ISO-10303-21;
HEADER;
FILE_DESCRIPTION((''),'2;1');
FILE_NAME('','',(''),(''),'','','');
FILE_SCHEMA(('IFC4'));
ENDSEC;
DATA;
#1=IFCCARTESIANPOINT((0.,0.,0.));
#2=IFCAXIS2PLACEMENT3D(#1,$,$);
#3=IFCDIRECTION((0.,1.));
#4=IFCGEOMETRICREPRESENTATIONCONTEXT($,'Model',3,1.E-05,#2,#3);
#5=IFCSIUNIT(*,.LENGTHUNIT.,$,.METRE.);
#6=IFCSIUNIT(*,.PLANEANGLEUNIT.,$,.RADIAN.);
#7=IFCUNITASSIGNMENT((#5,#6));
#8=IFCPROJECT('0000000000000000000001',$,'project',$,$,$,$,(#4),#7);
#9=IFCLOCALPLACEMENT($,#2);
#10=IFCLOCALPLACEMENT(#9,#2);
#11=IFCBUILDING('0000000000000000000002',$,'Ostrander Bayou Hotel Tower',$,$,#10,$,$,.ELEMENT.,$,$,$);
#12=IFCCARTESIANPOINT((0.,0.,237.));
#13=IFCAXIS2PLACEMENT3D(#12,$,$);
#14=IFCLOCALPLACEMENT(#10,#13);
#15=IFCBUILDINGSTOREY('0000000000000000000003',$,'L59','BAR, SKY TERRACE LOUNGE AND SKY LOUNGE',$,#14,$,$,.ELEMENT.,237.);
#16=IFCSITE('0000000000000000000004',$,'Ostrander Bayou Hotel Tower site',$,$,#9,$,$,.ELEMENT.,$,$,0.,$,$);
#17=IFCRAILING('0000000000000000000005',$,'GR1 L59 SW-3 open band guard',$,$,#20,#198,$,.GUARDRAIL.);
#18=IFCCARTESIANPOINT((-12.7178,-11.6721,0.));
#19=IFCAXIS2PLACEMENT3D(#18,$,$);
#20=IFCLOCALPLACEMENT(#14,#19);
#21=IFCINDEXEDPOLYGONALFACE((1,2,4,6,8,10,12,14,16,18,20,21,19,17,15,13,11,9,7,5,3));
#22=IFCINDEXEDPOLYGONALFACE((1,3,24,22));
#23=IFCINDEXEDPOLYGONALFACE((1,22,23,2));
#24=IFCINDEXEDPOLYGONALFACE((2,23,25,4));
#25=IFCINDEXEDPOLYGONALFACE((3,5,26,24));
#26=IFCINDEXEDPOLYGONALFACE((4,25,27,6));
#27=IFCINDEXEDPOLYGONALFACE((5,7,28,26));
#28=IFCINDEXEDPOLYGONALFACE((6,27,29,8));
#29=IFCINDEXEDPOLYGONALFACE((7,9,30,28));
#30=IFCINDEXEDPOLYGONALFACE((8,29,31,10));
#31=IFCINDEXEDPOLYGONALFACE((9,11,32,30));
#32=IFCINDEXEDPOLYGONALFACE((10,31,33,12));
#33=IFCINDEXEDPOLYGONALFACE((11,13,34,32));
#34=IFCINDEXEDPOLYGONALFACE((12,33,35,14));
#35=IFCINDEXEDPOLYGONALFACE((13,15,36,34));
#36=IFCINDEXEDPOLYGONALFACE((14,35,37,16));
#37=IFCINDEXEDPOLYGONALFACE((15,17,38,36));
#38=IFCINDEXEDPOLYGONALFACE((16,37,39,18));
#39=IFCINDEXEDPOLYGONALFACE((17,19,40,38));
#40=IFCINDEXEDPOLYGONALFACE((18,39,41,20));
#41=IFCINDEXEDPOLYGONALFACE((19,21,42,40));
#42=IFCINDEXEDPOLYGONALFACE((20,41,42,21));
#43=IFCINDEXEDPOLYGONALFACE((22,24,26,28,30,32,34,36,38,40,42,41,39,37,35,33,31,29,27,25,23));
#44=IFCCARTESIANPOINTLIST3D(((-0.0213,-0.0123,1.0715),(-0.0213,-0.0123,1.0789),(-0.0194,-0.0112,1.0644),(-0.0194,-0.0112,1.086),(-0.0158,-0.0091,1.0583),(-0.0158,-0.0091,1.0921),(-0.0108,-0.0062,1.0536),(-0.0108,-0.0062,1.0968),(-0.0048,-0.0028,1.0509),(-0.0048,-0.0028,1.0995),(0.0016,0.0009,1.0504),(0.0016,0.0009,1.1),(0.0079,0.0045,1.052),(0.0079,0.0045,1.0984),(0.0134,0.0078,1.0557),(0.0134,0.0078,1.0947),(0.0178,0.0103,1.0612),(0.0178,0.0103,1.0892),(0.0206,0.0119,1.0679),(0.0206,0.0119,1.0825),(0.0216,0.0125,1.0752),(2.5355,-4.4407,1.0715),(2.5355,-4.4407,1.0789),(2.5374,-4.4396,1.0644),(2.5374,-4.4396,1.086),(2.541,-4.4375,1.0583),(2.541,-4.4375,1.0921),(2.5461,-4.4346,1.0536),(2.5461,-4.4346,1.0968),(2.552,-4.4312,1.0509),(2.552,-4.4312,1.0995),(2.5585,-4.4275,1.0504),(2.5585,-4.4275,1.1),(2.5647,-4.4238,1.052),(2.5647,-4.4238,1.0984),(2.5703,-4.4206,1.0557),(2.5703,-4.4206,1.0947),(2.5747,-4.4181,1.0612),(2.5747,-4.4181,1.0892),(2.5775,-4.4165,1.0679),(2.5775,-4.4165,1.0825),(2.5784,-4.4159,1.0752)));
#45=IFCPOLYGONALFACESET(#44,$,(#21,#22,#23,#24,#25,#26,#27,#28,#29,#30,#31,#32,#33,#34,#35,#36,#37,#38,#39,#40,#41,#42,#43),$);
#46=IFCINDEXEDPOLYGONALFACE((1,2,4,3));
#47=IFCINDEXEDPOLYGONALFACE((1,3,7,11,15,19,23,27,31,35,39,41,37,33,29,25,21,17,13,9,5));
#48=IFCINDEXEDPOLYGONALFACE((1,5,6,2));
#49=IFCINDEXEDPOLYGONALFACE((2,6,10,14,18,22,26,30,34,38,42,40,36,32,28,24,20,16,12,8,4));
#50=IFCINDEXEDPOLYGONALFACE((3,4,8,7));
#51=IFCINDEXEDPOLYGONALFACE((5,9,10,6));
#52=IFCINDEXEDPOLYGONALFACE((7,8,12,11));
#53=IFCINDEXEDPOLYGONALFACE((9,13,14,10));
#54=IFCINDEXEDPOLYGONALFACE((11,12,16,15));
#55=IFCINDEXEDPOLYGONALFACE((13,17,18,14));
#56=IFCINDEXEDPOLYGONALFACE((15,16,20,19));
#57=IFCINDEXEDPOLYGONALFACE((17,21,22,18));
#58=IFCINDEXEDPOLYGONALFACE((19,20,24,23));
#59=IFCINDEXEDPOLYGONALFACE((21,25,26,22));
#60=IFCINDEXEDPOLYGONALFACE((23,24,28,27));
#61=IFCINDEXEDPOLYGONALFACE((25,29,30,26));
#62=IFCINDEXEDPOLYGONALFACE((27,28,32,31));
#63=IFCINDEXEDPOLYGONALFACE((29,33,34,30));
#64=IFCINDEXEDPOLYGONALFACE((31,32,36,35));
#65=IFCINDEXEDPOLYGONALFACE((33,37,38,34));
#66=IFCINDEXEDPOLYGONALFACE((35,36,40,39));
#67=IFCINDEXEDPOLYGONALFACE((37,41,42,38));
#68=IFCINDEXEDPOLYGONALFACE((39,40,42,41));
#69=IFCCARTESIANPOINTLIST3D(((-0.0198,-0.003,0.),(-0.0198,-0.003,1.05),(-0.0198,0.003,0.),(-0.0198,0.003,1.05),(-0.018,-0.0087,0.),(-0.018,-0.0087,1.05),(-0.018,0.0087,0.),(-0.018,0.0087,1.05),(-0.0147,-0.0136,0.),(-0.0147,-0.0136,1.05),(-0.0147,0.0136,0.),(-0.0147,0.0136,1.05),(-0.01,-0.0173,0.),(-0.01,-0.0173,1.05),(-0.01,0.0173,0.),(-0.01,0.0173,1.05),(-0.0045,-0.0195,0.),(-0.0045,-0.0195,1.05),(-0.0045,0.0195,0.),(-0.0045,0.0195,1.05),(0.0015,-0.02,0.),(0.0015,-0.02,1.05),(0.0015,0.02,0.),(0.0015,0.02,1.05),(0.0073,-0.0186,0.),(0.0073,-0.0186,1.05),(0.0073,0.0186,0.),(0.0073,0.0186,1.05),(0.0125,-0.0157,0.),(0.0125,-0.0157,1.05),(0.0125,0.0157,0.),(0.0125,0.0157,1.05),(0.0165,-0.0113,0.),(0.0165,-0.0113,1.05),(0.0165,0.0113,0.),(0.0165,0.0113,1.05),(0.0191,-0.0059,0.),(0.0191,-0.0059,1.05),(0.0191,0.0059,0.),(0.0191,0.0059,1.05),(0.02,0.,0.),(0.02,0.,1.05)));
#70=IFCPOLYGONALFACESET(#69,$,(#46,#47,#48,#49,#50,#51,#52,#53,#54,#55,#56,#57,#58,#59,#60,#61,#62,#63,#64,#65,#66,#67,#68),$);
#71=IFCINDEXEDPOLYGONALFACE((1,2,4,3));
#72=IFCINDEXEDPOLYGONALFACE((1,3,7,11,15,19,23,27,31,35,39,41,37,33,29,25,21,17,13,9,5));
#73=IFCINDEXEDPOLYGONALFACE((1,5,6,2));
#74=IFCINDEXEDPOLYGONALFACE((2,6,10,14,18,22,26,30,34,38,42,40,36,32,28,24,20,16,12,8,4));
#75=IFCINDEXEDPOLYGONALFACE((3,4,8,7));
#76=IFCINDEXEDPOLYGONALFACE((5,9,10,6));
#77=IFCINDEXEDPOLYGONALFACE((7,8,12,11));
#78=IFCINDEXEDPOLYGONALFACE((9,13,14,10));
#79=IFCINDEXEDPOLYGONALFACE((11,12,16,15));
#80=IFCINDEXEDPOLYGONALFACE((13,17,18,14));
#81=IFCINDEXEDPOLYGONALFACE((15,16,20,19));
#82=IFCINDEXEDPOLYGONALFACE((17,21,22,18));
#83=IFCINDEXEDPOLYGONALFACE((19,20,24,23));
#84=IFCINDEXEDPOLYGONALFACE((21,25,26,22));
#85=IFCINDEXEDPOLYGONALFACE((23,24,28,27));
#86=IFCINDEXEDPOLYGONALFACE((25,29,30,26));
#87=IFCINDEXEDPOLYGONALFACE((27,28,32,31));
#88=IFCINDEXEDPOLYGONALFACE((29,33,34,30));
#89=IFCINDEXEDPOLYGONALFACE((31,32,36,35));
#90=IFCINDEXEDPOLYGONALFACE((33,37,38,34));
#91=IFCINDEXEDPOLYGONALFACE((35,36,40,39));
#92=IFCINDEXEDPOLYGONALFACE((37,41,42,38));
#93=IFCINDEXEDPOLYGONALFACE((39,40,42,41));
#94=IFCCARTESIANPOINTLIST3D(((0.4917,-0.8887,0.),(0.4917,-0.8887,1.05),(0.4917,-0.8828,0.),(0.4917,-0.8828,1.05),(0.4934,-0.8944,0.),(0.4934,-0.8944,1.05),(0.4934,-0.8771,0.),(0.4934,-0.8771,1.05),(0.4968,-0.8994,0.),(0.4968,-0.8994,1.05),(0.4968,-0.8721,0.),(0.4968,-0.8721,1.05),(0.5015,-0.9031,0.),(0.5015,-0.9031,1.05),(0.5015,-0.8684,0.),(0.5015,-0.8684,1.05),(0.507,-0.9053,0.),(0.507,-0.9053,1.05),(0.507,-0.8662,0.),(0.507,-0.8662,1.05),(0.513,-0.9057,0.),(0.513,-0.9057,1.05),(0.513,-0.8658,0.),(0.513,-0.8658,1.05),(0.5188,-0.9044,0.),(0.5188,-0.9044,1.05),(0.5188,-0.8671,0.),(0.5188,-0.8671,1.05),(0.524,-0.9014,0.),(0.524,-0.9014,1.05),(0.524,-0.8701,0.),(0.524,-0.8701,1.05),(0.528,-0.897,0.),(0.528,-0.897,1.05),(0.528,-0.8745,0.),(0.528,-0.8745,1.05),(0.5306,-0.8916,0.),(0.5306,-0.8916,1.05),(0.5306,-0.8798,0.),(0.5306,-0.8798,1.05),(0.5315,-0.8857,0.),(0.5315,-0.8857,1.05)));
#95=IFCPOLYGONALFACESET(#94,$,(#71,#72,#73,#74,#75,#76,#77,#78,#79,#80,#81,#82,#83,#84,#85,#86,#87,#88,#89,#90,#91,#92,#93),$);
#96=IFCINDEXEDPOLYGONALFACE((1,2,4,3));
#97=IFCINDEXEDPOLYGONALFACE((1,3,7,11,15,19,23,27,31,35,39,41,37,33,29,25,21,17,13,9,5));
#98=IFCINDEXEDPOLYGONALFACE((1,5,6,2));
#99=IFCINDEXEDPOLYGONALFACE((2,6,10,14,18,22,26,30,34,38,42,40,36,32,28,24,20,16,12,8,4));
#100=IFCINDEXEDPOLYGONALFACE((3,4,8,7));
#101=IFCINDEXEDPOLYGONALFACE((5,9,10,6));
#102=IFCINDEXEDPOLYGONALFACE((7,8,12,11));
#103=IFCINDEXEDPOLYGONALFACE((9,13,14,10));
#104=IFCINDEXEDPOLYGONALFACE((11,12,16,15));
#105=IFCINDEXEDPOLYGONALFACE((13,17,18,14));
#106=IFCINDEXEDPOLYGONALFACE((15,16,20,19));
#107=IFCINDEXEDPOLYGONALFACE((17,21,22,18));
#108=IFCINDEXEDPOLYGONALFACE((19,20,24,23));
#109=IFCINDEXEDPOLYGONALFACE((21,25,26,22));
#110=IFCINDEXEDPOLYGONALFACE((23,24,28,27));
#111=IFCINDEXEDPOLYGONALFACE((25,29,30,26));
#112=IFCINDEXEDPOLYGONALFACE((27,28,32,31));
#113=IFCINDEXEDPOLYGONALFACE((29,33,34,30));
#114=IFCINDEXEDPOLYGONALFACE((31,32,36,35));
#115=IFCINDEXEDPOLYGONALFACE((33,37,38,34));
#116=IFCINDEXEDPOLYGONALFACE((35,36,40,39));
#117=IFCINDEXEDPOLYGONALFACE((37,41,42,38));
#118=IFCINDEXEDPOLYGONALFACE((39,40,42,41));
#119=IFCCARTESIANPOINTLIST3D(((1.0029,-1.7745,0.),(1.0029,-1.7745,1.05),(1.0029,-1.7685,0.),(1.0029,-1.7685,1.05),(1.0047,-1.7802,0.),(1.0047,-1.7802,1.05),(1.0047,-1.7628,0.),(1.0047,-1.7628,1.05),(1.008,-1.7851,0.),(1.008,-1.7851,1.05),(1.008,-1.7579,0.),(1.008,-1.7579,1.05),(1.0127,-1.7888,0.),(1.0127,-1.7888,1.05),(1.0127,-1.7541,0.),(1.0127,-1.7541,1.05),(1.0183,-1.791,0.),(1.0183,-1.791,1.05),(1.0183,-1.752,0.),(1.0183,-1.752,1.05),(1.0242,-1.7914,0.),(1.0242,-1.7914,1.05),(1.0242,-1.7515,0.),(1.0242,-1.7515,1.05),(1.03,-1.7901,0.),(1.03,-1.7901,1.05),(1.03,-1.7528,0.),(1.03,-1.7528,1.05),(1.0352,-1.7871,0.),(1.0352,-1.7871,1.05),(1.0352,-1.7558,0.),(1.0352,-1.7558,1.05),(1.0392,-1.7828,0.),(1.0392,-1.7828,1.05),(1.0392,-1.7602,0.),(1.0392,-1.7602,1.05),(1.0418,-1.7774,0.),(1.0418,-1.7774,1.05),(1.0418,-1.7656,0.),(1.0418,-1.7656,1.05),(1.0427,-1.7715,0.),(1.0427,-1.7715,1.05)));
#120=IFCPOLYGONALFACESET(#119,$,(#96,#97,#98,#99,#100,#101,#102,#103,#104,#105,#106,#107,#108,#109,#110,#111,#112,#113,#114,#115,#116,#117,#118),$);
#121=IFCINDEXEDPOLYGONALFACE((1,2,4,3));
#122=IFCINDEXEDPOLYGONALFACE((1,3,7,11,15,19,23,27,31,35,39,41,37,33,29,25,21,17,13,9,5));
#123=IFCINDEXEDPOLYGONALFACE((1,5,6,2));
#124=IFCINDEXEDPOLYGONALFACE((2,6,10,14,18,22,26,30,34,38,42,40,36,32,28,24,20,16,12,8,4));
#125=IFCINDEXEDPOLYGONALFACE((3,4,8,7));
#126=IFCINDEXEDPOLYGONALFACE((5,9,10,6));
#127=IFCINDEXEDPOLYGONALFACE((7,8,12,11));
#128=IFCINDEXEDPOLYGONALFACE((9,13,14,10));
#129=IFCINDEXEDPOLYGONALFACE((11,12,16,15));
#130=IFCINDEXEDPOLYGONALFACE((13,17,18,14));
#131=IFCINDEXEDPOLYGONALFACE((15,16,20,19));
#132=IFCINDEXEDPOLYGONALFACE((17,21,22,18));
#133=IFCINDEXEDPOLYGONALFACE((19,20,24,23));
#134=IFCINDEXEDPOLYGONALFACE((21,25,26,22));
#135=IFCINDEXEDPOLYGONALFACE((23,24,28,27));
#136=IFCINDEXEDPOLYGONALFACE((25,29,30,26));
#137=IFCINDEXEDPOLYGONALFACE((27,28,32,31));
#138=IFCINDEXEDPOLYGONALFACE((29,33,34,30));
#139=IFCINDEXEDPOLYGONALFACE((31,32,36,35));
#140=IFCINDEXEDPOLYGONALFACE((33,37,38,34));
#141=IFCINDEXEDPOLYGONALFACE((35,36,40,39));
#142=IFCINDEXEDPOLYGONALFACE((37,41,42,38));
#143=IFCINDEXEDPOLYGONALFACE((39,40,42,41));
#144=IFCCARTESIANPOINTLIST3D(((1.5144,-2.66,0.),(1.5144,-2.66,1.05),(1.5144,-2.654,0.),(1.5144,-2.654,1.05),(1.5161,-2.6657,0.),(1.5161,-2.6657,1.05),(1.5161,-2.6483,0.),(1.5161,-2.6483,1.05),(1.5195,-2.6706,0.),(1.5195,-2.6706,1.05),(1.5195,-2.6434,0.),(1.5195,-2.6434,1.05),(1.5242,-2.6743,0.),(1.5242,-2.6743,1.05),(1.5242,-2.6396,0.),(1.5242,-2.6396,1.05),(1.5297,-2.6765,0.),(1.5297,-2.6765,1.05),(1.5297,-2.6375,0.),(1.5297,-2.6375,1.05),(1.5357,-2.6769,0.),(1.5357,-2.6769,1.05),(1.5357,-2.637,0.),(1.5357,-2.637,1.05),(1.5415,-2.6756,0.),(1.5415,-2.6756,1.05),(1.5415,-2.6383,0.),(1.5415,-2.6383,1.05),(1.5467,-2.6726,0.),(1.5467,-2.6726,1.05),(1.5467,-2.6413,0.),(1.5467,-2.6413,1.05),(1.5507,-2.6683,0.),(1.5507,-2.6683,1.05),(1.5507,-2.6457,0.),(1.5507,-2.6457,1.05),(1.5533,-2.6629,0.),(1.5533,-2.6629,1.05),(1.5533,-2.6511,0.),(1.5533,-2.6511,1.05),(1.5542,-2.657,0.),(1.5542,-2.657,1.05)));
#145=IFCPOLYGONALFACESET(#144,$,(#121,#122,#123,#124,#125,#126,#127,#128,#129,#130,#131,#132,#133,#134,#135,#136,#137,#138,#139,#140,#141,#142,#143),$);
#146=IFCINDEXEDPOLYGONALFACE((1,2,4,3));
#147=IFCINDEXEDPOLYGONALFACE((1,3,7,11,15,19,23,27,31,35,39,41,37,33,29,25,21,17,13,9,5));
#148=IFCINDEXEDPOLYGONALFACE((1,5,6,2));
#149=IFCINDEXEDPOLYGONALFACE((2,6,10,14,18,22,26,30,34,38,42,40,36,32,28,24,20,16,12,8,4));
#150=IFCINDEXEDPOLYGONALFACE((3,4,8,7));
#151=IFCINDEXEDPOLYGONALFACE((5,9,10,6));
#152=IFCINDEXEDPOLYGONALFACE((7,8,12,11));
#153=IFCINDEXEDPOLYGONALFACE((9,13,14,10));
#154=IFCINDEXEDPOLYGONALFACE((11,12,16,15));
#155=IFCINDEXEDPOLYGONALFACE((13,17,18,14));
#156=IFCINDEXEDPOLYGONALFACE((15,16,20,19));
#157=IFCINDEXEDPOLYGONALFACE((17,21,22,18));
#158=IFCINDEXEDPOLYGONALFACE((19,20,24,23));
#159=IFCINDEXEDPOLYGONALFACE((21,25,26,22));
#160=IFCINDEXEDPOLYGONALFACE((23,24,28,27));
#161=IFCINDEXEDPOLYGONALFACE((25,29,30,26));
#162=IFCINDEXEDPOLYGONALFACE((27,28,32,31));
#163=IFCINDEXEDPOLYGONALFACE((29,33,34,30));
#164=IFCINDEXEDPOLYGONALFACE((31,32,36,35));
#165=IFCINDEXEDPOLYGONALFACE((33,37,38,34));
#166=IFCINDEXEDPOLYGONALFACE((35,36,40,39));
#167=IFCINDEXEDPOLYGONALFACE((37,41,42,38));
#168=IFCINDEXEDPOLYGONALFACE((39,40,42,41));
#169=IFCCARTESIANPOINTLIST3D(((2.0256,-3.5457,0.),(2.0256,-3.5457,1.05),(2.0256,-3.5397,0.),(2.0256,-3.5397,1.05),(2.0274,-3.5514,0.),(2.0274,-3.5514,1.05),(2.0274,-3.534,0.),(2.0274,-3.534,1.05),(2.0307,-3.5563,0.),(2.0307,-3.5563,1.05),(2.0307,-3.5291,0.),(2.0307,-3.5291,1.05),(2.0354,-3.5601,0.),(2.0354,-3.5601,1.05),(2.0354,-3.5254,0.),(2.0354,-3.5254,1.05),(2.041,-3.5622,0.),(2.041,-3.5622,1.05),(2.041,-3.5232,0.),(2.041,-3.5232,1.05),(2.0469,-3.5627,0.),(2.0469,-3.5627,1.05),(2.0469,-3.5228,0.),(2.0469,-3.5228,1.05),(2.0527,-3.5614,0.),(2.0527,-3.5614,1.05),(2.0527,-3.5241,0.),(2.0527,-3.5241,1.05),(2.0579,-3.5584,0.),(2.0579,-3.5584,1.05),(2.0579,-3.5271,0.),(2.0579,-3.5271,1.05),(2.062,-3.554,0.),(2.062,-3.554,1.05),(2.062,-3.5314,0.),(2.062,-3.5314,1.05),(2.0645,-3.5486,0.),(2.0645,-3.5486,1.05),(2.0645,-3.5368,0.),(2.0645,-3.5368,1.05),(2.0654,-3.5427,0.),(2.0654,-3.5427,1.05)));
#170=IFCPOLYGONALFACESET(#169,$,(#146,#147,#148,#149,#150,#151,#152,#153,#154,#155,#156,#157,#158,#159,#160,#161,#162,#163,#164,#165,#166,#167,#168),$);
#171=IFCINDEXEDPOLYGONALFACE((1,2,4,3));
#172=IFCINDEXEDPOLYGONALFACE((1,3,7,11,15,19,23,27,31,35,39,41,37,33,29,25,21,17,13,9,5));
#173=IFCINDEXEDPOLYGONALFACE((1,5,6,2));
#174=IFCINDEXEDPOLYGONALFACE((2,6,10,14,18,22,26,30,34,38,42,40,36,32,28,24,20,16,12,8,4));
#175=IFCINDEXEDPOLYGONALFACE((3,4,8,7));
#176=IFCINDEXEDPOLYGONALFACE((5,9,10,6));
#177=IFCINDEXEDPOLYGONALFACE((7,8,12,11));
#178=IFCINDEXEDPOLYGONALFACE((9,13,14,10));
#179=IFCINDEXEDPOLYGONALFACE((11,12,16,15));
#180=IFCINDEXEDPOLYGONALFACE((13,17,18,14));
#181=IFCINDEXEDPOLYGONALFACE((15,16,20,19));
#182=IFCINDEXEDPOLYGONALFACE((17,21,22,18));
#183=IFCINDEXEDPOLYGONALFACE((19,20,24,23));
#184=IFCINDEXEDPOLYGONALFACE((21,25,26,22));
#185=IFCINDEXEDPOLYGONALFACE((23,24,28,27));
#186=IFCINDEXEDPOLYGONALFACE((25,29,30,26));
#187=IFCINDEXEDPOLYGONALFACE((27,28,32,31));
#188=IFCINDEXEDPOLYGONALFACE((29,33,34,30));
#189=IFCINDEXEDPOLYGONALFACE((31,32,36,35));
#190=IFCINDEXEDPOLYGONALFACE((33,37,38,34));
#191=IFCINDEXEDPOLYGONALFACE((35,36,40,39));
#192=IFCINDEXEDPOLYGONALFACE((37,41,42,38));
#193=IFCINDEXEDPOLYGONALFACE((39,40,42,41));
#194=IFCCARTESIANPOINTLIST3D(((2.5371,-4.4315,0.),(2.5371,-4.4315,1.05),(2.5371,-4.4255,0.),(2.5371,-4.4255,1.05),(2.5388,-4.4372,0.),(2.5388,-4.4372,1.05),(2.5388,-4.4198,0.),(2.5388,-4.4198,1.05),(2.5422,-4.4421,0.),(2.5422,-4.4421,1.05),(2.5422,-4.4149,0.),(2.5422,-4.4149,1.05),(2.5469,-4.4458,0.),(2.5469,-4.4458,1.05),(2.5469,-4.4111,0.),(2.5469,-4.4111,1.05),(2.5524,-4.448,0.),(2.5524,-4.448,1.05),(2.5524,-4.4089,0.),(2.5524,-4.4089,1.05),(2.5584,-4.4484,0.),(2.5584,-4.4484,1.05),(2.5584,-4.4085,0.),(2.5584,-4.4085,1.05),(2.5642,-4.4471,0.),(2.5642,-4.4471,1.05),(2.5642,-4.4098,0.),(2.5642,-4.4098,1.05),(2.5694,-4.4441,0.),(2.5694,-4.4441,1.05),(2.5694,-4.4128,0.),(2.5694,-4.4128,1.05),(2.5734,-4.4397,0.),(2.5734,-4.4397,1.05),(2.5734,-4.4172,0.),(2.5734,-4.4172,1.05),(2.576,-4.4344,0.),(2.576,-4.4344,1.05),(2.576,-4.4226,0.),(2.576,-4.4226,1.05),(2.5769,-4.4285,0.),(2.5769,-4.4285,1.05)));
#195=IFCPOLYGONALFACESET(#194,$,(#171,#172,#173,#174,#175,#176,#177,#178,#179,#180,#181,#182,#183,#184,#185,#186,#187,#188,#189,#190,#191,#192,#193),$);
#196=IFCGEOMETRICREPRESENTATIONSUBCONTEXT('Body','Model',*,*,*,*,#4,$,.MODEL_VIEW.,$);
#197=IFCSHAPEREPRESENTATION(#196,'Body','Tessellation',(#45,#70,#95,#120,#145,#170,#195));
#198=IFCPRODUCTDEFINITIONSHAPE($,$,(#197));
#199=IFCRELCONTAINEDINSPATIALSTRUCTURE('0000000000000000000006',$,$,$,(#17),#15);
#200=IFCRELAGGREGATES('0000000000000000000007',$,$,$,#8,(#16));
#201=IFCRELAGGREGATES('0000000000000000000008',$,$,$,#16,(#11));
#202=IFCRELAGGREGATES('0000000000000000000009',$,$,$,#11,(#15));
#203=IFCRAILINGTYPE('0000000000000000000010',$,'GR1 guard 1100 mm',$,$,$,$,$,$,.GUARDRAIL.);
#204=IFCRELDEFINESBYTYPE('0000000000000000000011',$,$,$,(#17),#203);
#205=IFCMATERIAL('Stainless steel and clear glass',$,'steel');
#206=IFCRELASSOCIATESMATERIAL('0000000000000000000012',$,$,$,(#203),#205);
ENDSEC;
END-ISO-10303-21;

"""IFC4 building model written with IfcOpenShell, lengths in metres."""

from ifc_helpers import new_model, si_unit, direction, frame, origin, origin_2d, place, context, subcontext, project, spatial, circle, extrude, material, type_object, element, save


model = new_model("IFC4")

# Units and contexts
model_context = context("Model", 3, precision=1e-05, world=origin(), true_north=direction((0.0, 1.0)))
body_context = subcontext(model_context, "Body", "Model", "MODEL_VIEW")
ifc_project = project(units=[si_unit("LENGTHUNIT", "METRE"), si_unit("PLANEANGLEUNIT", "RADIAN")], contexts=[model_context])

# Site, building, storey
site_placement = place(None, origin())
site = spatial("IfcSite", under=ifc_project, at=site_placement, Name="Ostrander Bayou Hotel Tower site", CompositionType="ELEMENT", RefElevation=0.0)
building_placement = place(site_placement, origin())
building = spatial("IfcBuilding", under=site, at=building_placement, Name="Ostrander Bayou Hotel Tower", CompositionType="ELEMENT")
storey_placement = place(building_placement, frame((0.0, 0.0, 237.0)))
storey = spatial("IfcBuildingStorey", under=building, at=storey_placement, Name="L59", Description="BAR, SKY TERRACE LOUNGE AND SKY LOUNGE", CompositionType="ELEMENT", Elevation=237.0)

# Railing
ifc_material_1 = material(Name="Stainless steel and clear glass", Category="steel")
railing_type = type_object("IfcRailingType", Name="GR1 guard 1100 mm", PredefinedType="GUARDRAIL", material=ifc_material_1)
railing_1_placement = place(storey_placement, frame((-12.7178, -11.6721, 0.0)))
element("IfcRailing", 1, at=railing_1_placement, inside=storey, type_object=railing_type, Name="GR1 L59 SW-3 open band guard", PredefinedType="GUARDRAIL", context=body_context, shape_type="SweptSolid", body=[
    extrude(circle(Radius=0.0249, at=origin_2d()), frame((0.0, 0.0, 1.0752), z_axis=(0.500016, -0.866016, 0.0), x_axis=(0.866016, 0.500016, 0.0)), (0.0, 0.0, 1.0), 5.1135),
    extrude(circle(Radius=0.02, at=origin_2d()), origin(), (0.0, 0.0, 1.0), 1.05),
    extrude(circle(Radius=0.02, at=origin_2d()), frame((0.5115, -0.8857, 0.0)), (0.0, 0.0, 1.0), 1.05),
    extrude(circle(Radius=0.02, at=origin_2d()), frame((1.0227, -1.7715, 0.0)), (0.0, 0.0, 1.0), 1.05),
    extrude(circle(Radius=0.02, at=origin_2d()), frame((1.5342, -2.657, 0.0)), (0.0, 0.0, 1.0), 1.05),
    extrude(circle(Radius=0.02, at=origin_2d()), frame((2.0454, -3.5427, 0.0)), (0.0, 0.0, 1.0), 1.05),
    extrude(circle(Radius=0.02, at=origin_2d()), frame((2.5569, -4.4285, 0.0)), (0.0, 0.0, 1.0), 1.05),
])

save(model, "model.ifc")
